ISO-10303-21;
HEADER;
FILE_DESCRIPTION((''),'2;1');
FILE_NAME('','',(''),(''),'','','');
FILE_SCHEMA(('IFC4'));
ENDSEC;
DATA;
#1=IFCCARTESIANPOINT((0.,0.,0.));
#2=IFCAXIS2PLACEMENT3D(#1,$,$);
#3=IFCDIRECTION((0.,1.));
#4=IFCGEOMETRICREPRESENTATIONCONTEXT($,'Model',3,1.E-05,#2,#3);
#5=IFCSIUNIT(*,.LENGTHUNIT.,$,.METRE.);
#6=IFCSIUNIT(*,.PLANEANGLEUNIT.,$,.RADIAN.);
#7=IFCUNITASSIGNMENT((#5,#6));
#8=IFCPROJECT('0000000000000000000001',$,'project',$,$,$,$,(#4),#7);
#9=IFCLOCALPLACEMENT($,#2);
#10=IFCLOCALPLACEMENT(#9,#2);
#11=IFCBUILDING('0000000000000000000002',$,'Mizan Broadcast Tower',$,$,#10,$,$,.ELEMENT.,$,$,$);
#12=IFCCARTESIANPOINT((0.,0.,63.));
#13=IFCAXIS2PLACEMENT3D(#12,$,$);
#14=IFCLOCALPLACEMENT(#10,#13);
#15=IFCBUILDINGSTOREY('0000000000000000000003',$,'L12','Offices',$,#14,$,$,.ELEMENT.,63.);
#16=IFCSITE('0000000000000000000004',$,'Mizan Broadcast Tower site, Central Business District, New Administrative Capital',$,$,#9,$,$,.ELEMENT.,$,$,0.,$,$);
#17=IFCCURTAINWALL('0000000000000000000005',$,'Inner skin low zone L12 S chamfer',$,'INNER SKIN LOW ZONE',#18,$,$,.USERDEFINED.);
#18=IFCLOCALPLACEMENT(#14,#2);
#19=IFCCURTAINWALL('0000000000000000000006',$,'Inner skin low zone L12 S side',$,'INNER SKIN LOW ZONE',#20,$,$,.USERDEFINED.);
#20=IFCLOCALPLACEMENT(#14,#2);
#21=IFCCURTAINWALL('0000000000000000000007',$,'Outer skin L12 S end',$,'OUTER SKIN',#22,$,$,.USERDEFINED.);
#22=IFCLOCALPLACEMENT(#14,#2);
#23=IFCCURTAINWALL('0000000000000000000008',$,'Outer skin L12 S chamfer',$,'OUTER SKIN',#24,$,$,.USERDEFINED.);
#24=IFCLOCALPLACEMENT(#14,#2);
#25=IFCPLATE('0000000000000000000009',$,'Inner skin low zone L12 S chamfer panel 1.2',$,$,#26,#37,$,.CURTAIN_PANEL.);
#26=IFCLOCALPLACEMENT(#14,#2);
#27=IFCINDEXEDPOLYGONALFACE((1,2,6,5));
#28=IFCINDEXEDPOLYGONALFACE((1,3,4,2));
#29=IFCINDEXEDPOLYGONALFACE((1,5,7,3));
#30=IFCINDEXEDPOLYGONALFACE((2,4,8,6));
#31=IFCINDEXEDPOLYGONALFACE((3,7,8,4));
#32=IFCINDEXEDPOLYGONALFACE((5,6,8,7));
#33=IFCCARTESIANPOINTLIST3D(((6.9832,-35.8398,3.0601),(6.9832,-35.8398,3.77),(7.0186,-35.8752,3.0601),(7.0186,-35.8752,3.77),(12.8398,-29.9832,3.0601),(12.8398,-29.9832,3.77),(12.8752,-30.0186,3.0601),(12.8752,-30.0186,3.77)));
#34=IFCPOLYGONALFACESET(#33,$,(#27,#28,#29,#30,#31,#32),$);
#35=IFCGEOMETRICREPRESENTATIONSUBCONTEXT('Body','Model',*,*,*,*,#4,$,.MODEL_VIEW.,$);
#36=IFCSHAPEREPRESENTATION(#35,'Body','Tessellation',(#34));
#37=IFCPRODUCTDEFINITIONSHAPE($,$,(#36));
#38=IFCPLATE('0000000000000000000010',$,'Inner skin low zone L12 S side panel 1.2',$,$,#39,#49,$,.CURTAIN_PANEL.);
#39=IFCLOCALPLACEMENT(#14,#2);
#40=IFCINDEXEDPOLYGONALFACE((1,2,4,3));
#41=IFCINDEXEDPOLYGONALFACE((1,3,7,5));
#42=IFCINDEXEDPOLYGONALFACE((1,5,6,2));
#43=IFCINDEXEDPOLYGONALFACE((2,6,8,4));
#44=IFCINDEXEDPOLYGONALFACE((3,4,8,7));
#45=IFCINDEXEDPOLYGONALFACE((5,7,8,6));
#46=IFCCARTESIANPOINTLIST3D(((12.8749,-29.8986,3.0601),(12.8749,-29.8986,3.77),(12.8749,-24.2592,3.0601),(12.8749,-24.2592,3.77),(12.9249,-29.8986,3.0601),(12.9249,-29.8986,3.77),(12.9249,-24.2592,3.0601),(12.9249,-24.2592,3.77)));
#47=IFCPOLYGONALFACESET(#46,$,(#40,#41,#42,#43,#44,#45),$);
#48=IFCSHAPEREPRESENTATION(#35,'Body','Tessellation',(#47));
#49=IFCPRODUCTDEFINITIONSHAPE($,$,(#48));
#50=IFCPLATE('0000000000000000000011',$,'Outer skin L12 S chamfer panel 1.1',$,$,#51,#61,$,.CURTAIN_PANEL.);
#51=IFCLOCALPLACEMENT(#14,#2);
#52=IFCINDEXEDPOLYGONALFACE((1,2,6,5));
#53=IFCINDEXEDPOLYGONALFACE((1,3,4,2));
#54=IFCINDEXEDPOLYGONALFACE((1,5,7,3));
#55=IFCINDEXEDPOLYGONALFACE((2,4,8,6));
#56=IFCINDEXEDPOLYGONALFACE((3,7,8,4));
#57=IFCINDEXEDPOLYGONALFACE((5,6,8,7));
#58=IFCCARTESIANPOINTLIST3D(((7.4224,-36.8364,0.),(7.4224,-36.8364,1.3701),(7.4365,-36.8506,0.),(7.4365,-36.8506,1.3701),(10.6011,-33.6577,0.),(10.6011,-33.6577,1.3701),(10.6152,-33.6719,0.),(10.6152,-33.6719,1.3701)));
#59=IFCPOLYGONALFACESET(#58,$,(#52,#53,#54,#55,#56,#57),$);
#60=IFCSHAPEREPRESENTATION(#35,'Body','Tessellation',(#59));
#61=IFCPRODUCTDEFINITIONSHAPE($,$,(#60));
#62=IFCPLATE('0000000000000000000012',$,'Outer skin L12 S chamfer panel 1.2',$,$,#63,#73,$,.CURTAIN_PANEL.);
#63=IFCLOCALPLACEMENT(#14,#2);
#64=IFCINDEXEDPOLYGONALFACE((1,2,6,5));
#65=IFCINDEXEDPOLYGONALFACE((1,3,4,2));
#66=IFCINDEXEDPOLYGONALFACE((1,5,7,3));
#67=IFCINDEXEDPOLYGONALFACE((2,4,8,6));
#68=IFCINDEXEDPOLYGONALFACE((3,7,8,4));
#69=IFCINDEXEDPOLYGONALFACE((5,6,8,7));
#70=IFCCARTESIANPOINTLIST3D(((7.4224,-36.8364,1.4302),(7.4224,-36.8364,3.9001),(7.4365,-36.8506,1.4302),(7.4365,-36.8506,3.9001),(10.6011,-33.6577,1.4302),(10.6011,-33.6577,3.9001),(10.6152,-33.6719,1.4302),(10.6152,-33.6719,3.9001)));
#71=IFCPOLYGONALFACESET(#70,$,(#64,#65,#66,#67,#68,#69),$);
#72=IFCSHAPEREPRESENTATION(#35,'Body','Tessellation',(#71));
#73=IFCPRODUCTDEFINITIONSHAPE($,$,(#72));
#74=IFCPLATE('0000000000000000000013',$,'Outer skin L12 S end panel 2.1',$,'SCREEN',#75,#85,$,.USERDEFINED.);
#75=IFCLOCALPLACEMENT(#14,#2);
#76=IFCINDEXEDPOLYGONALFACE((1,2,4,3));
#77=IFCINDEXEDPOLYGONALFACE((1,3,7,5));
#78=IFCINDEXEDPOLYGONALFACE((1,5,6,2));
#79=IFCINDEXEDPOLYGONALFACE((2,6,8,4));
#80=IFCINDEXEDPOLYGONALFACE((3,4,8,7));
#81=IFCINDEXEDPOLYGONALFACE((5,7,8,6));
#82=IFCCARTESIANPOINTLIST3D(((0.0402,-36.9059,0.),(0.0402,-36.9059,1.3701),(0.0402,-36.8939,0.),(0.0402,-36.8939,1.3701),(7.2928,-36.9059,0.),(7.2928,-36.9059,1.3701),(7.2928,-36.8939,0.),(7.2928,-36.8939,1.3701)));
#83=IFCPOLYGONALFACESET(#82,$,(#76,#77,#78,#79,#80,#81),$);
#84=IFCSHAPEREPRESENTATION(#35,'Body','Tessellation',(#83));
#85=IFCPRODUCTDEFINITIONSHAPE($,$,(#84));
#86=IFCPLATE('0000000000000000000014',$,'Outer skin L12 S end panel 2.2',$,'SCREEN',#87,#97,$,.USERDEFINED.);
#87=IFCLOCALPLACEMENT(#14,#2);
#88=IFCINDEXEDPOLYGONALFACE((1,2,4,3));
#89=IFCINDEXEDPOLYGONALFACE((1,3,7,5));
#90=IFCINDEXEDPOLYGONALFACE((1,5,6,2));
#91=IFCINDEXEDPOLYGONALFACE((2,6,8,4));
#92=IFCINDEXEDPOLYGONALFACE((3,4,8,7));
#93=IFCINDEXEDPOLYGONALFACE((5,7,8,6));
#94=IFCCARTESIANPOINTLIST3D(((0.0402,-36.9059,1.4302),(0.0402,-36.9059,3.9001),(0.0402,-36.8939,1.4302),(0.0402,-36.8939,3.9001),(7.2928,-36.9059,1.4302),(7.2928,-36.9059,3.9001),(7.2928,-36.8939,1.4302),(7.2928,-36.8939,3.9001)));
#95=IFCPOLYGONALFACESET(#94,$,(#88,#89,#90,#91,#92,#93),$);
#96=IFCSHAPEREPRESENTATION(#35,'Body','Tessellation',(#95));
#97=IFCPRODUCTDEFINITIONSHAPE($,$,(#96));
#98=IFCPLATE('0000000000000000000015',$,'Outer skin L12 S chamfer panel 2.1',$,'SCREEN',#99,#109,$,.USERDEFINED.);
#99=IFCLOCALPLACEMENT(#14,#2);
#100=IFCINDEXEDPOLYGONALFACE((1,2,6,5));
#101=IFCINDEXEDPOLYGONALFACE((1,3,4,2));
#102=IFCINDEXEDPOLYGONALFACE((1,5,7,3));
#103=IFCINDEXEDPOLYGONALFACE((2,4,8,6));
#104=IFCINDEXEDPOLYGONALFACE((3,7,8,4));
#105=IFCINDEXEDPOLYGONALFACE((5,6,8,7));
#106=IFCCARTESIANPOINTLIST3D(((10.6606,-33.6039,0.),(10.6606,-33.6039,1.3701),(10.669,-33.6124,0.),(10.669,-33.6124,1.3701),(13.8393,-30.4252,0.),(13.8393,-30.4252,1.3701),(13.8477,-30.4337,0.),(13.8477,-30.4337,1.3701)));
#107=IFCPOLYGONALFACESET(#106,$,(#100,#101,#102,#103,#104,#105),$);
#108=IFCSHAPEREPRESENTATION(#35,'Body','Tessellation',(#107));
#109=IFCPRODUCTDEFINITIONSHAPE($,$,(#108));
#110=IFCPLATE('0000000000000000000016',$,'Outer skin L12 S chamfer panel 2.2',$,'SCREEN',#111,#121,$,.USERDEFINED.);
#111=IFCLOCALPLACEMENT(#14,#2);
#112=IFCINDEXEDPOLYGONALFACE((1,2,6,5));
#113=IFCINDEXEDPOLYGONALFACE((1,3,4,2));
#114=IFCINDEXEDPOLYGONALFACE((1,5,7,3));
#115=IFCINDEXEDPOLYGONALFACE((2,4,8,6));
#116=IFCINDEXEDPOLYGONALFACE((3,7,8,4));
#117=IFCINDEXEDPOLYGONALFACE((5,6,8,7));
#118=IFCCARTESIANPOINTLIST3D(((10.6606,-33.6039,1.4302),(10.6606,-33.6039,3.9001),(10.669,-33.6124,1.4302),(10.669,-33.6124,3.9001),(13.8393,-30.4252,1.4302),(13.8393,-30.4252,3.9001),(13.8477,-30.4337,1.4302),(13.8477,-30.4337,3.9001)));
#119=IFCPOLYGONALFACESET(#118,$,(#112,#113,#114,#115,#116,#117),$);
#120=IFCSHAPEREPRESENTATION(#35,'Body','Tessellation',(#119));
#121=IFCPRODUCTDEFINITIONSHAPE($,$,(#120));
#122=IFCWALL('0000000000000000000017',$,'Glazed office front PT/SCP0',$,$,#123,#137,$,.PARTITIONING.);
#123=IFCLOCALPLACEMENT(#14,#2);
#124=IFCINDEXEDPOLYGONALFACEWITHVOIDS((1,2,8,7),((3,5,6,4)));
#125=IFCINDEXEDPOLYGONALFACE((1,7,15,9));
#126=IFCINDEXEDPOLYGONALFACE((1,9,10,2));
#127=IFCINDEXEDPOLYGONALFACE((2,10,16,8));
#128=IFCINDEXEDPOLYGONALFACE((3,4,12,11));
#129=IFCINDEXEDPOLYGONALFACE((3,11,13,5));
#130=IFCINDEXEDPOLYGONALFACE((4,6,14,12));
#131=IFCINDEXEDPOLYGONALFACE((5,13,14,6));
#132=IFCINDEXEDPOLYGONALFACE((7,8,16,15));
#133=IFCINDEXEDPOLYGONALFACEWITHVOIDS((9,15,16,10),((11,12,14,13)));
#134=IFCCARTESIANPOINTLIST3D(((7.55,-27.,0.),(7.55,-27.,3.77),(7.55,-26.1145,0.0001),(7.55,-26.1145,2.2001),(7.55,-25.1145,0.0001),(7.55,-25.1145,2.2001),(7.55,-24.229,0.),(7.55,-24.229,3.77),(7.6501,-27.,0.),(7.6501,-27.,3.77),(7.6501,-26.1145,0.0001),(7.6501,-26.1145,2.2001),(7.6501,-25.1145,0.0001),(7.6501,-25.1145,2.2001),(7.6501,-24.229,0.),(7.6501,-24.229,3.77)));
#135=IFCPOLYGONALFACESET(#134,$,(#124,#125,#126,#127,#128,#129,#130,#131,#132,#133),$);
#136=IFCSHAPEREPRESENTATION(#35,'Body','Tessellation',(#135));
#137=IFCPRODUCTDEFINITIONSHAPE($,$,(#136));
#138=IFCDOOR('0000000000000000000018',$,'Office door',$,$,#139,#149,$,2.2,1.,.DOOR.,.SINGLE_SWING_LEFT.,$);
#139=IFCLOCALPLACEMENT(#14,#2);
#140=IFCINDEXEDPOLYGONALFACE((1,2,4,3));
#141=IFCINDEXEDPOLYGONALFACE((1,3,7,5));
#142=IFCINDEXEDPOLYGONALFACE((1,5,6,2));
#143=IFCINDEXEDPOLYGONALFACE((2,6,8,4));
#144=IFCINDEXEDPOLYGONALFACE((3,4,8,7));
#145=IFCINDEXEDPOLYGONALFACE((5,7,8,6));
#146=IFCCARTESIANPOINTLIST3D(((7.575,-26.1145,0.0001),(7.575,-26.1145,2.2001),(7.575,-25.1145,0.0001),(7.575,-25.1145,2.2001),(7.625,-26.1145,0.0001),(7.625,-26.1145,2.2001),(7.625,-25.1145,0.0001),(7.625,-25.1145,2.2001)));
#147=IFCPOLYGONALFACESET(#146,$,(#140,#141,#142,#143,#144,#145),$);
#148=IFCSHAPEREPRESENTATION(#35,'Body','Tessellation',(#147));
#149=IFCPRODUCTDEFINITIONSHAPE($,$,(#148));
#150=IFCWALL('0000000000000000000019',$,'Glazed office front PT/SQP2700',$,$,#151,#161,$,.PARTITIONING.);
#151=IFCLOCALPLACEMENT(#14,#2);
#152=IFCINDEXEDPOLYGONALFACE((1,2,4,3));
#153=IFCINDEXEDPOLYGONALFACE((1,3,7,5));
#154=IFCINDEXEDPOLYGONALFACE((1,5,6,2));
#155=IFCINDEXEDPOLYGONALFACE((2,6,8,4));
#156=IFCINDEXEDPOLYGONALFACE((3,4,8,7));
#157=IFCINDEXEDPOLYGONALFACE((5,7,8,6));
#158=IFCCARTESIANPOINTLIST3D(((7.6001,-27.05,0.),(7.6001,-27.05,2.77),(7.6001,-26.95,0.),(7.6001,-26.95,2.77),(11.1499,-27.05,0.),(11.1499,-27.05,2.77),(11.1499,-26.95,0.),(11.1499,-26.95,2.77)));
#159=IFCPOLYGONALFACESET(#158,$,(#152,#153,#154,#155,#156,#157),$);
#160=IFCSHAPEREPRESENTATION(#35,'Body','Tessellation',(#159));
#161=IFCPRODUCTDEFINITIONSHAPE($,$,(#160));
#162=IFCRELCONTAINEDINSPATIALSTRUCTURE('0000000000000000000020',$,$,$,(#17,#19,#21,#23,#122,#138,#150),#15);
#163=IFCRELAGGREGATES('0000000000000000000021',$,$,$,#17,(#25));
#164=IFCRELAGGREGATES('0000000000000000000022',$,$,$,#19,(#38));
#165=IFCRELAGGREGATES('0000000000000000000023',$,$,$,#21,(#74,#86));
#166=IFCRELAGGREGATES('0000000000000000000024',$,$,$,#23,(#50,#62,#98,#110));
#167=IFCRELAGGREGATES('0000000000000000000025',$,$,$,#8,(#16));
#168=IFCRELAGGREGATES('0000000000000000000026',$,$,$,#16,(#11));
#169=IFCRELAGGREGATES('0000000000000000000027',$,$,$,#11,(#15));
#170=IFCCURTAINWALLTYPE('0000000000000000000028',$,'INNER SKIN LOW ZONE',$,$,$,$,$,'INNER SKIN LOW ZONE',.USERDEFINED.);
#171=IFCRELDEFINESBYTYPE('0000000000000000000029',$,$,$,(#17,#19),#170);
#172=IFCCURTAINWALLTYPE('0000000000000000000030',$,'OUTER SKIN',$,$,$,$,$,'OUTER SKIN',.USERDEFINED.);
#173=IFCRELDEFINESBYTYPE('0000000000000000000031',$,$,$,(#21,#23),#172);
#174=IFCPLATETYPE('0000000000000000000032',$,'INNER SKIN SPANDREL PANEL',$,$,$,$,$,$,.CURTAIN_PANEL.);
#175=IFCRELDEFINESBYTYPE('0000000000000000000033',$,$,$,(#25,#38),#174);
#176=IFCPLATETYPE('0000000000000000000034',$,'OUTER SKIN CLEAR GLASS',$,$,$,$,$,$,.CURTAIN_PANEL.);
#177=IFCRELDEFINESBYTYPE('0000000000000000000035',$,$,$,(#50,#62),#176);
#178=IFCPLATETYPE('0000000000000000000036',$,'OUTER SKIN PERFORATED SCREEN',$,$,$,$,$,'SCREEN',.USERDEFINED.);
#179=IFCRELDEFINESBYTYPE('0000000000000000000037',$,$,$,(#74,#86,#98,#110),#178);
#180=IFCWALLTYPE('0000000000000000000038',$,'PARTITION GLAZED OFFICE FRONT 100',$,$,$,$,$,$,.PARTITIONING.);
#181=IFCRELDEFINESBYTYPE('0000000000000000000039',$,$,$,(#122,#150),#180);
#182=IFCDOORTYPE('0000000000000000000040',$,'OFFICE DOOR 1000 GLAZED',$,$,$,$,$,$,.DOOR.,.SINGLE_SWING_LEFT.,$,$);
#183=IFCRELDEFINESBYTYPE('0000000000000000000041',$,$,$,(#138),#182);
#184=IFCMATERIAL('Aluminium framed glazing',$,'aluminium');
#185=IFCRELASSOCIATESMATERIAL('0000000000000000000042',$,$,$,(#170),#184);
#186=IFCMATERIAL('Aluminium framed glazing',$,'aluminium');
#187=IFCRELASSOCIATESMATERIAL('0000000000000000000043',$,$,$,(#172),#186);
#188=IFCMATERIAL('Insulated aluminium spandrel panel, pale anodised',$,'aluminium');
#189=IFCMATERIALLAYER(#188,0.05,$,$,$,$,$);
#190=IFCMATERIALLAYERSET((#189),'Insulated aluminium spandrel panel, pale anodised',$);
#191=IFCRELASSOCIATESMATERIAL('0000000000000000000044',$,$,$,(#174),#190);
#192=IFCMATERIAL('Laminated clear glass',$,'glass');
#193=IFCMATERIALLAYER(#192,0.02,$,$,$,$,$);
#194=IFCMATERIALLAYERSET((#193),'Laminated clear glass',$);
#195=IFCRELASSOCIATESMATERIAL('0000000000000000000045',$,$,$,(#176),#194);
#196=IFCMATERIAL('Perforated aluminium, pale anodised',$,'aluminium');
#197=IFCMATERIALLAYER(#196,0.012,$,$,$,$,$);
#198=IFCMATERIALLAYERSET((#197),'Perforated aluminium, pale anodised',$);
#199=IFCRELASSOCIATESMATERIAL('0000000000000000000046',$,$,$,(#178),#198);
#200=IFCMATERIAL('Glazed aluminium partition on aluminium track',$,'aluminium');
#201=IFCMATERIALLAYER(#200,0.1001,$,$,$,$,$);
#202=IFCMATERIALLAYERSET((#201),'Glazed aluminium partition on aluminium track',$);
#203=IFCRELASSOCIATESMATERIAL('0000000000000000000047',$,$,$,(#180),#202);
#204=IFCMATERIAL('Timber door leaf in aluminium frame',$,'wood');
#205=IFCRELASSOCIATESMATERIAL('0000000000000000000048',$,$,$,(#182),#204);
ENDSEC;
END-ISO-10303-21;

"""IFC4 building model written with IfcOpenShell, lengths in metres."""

from ifc_helpers import new_model, si_unit, direction, frame, frame_2d, origin, origin_2d, place, context, subcontext, project, spatial, rectangle, extrude, material, layer, layer_set, type_object, element, fill, aggregate, save


model = new_model("IFC4")

# Units and contexts
model_context = context("Model", 3, precision=1e-05, world=origin(), true_north=direction((0.0, 1.0)))
body_context = subcontext(model_context, "Body", "Model", "MODEL_VIEW")
ifc_project = project(units=[si_unit("LENGTHUNIT", "METRE"), si_unit("PLANEANGLEUNIT", "RADIAN")], contexts=[model_context])

# Site, building, storey
site_placement = place(None, origin())
site = spatial("IfcSite", under=ifc_project, at=site_placement, Name="Mizan Broadcast Tower site, Central Business District, New Administrative Capital", CompositionType="ELEMENT", RefElevation=0.0)
building_placement = place(site_placement, origin())
building = spatial("IfcBuilding", under=site, at=building_placement, Name="Mizan Broadcast Tower", CompositionType="ELEMENT")
storey_placement = place(building_placement, frame((0.0, 0.0, 63.0)))
storey = spatial("IfcBuildingStorey", under=building, at=storey_placement, Name="L12", Description="Offices", CompositionType="ELEMENT", Elevation=63.0)

# Shared definitions
ifc_material_1 = material(Name="Aluminium framed glazing", Category="aluminium")
curtain_wall_type_1 = type_object("IfcCurtainWallType", Name="INNER SKIN LOW ZONE", ElementType="INNER SKIN LOW ZONE", PredefinedType="USERDEFINED", material=ifc_material_1)

# Curtain walls
curtain_wall_1_placement = place(storey_placement, origin())
curtain_wall_1 = element("IfcCurtainWall", 1, at=curtain_wall_1_placement, inside=storey, type_object=curtain_wall_type_1, Name="Inner skin low zone L12 S chamfer", ObjectType="INNER SKIN LOW ZONE", PredefinedType="USERDEFINED")
curtain_wall_2_placement = place(storey_placement, origin())
curtain_wall_2 = element("IfcCurtainWall", 2, at=curtain_wall_2_placement, inside=storey, type_object=curtain_wall_type_1, Name="Inner skin low zone L12 S side", ObjectType="INNER SKIN LOW ZONE", PredefinedType="USERDEFINED")

# Curtain wall
ifc_material_2 = material(Name="Aluminium framed glazing", Category="aluminium")
curtain_wall_type_2 = type_object("IfcCurtainWallType", Name="OUTER SKIN", ElementType="OUTER SKIN", PredefinedType="USERDEFINED", material=ifc_material_2)
curtain_wall_3_placement = place(storey_placement, origin())
curtain_wall_3 = element("IfcCurtainWall", 3, at=curtain_wall_3_placement, inside=storey, type_object=curtain_wall_type_2, Name="Outer skin L12 S end", ObjectType="OUTER SKIN", PredefinedType="USERDEFINED")

# Curtain wall
curtain_wall_4_placement = place(storey_placement, origin())
curtain_wall_4 = element("IfcCurtainWall", 4, at=curtain_wall_4_placement, inside=storey, type_object=curtain_wall_type_2, Name="Outer skin L12 S chamfer", ObjectType="OUTER SKIN", PredefinedType="USERDEFINED")

# Plates
ifc_material_3 = material(Name="Insulated aluminium spandrel panel, pale anodised", Category="aluminium")
ifc_layer_1 = layer(ifc_material_3, 0.05)
ifc_layer_set_1 = layer_set([ifc_layer_1], Name="Insulated aluminium spandrel panel, pale anodised")
plate_type_1 = type_object("IfcPlateType", Name="INNER SKIN SPANDREL PANEL", PredefinedType="CURTAIN_PANEL", material=ifc_layer_set_1)
plate_1_placement = place(storey_placement, frame((9.9292, -32.9292, 3.0601), z_axis=(0.0, 0.0, 1.0), x_axis=(0.707107, 0.707107, 0.0)))
plate_1 = element("IfcPlate", 5, at=plate_1_placement, type_object=plate_type_1, Name="Inner skin low zone L12 S chamfer panel 1.2", PredefinedType="CURTAIN_PANEL", context=body_context, shape_type="SweptSolid", body=[
    extrude(rectangle(XDim=8.2825, YDim=0.05, at=origin_2d()), origin(), (0.0, 0.0, 1.0), 0.71),
])
aggregate(curtain_wall_1, [plate_1])
plate_2_placement = place(storey_placement, frame((12.8999, -27.0789, 3.0601), z_axis=(0.0, 0.0, 1.0), x_axis=(0.0, 1.0, 0.0)))
plate_2 = element("IfcPlate", 6, at=plate_2_placement, type_object=plate_type_1, Name="Inner skin low zone L12 S side panel 1.2", PredefinedType="CURTAIN_PANEL", context=body_context, shape_type="SweptSolid", body=[
    extrude(rectangle(XDim=5.6394, YDim=0.05, at=origin_2d()), origin(), (0.0, 0.0, 1.0), 0.71),
])
aggregate(curtain_wall_2, [plate_2])
ifc_material_4 = material(Name="Laminated clear glass", Category="glass")
ifc_layer_2 = layer(ifc_material_4, 0.02)
ifc_layer_set_2 = layer_set([ifc_layer_2], Name="Laminated clear glass")
plate_type_2 = type_object("IfcPlateType", Name="OUTER SKIN CLEAR GLASS", PredefinedType="CURTAIN_PANEL", material=ifc_layer_set_2)
plate_3_placement = place(storey_placement, frame((9.0188, -35.2542, 0.0), z_axis=(0.0, 0.0, 1.0), x_axis=(0.707107, 0.707107, 0.0)))
plate_3 = element("IfcPlate", 7, at=plate_3_placement, type_object=plate_type_2, Name="Outer skin L12 S chamfer panel 1.1", PredefinedType="CURTAIN_PANEL", context=body_context, shape_type="SweptSolid", body=[
    extrude(rectangle(XDim=4.4954, YDim=0.02, at=origin_2d()), origin(), (0.0, 0.0, 1.0), 1.3701),
])
plate_4_placement = place(storey_placement, frame((9.0188, -35.2542, 1.4302), z_axis=(0.0, 0.0, 1.0), x_axis=(0.707107, 0.707107, 0.0)))
plate_4 = element("IfcPlate", 8, at=plate_4_placement, type_object=plate_type_2, Name="Outer skin L12 S chamfer panel 1.2", PredefinedType="CURTAIN_PANEL", context=body_context, shape_type="SweptSolid", body=[
    extrude(rectangle(XDim=4.4954, YDim=0.02, at=origin_2d()), origin(), (0.0, 0.0, 1.0), 2.47),
])
ifc_material_5 = material(Name="Perforated aluminium, pale anodised", Category="aluminium")
ifc_layer_3 = layer(ifc_material_5, 0.012)
ifc_layer_set_3 = layer_set([ifc_layer_3], Name="Perforated aluminium, pale anodised")
plate_type_3 = type_object("IfcPlateType", Name="OUTER SKIN PERFORATED SCREEN", ElementType="SCREEN", PredefinedType="USERDEFINED", material=ifc_layer_set_3)
plate_5_placement = place(storey_placement, frame((3.6665, -36.8999, 0.0), z_axis=(0.0, 0.0, 1.0), x_axis=(1.0, 0.0, 0.0)))
plate_5 = element("IfcPlate", 9, at=plate_5_placement, type_object=plate_type_3, Name="Outer skin L12 S end panel 2.1", ObjectType="SCREEN", PredefinedType="USERDEFINED", context=body_context, shape_type="SweptSolid", body=[
    extrude(rectangle(XDim=7.2527, YDim=0.012, at=origin_2d()), origin(), (0.0, 0.0, 1.0), 1.3701),
])
plate_6_placement = place(storey_placement, frame((3.6665, -36.8999, 1.4302), z_axis=(0.0, 0.0, 1.0), x_axis=(1.0, 0.0, 0.0)))
plate_6 = element("IfcPlate", 10, at=plate_6_placement, type_object=plate_type_3, Name="Outer skin L12 S end panel 2.2", ObjectType="SCREEN", PredefinedType="USERDEFINED", context=body_context, shape_type="SweptSolid", body=[
    extrude(rectangle(XDim=7.2527, YDim=0.012, at=origin_2d()), origin(), (0.0, 0.0, 1.0), 2.47),
])
aggregate(curtain_wall_3, [plate_5, plate_6])
plate_7_placement = place(storey_placement, frame((12.2542, -32.0188, 0.0), z_axis=(0.0, 0.0, 1.0), x_axis=(0.707107, 0.707107, 0.0)))
plate_7 = element("IfcPlate", 11, at=plate_7_placement, type_object=plate_type_3, Name="Outer skin L12 S chamfer panel 2.1", ObjectType="SCREEN", PredefinedType="USERDEFINED", context=body_context, shape_type="SweptSolid", body=[
    extrude(rectangle(XDim=4.4954, YDim=0.012, at=origin_2d()), origin(), (0.0, 0.0, 1.0), 1.3701),
])
plate_8_placement = place(storey_placement, frame((12.2542, -32.0188, 1.4302), z_axis=(0.0, 0.0, 1.0), x_axis=(0.707107, 0.707107, 0.0)))
plate_8 = element("IfcPlate", 12, at=plate_8_placement, type_object=plate_type_3, Name="Outer skin L12 S chamfer panel 2.2", ObjectType="SCREEN", PredefinedType="USERDEFINED", context=body_context, shape_type="SweptSolid", body=[
    extrude(rectangle(XDim=4.4954, YDim=0.012, at=origin_2d()), origin(), (0.0, 0.0, 1.0), 2.47),
])
aggregate(curtain_wall_4, [plate_3, plate_4, plate_7, plate_8])

# Wall, opening, door
ifc_material_6 = material(Name="Glazed aluminium partition on aluminium track", Category="aluminium")
ifc_layer_4 = layer(ifc_material_6, 0.1001)
ifc_layer_set_4 = layer_set([ifc_layer_4], Name="Glazed aluminium partition on aluminium track")
wall_type = type_object("IfcWallType", Name="PARTITION GLAZED OFFICE FRONT 100", PredefinedType="PARTITIONING", material=ifc_layer_set_4)
wall_1_placement = place(storey_placement, frame((7.6001, -24.229, 0.0), z_axis=(0.0, 0.0, 1.0), x_axis=(0.0, -1.0, 0.0)))
wall_1 = element("IfcWall", 13, at=wall_1_placement, inside=storey, type_object=wall_type, Name="Glazed office front PT/SCP0", PredefinedType="PARTITIONING", context=body_context, shape_type="SweptSolid", body=[
    extrude(rectangle(XDim=2.771, YDim=0.1001, at=frame_2d((1.3855, 0.0))), origin(), (0.0, 0.0, 1.0), 3.77),
])
opening_placement = place(wall_1_placement, frame((0.8855, 0.0, 0.0)))
opening = element("IfcOpeningElement", 14, at=opening_placement, cuts=wall_1, PredefinedType="OPENING", context=body_context, shape_type="SweptSolid", body=[
    extrude(rectangle(XDim=1.0, YDim=2.2, at=frame_2d((0.5, 1.1001))), frame((0.0, 0.0601, 0.0), z_axis=(0.0, -1.0, 0.0), x_axis=(1.0, 0.0, 0.0)), (0.0, 0.0, 1.0), 0.1201),
])
ifc_material_7 = material(Name="Timber door leaf in aluminium frame", Category="wood")
door_type = type_object("IfcDoorType", Name="OFFICE DOOR 1000 GLAZED", OperationType="SINGLE_SWING_LEFT", PredefinedType="DOOR", material=ifc_material_7)
door_placement = place(opening_placement, origin())
door = element("IfcDoor", 15, at=door_placement, inside=storey, type_object=door_type, Name="Office door", OperationType="SINGLE_SWING_LEFT", OverallHeight=2.2, OverallWidth=1.0, PredefinedType="DOOR", context=body_context, shape_type="SweptSolid", body=[
    extrude(rectangle(XDim=1.0, YDim=2.2, at=frame_2d((0.5, 1.1001))), frame((0.0, 0.0249, 0.0), z_axis=(0.0, -1.0, 0.0), x_axis=(1.0, 0.0, 0.0)), (0.0, 0.0, 1.0), 0.05),
])
fill(opening, door)

# Wall
wall_2_placement = place(storey_placement, frame((7.6001, -27.0, 0.0), z_axis=(0.0, 0.0, 1.0), x_axis=(1.0, 0.0, 0.0)))
element("IfcWall", 16, at=wall_2_placement, inside=storey, type_object=wall_type, Name="Glazed office front PT/SQP2700", PredefinedType="PARTITIONING", context=body_context, shape_type="SweptSolid", body=[
    extrude(rectangle(XDim=3.5498, YDim=0.1001, at=frame_2d((1.7749, 0.0))), origin(), (0.0, 0.0, 1.0), 2.77),
])

save(model, "model.ifc")
